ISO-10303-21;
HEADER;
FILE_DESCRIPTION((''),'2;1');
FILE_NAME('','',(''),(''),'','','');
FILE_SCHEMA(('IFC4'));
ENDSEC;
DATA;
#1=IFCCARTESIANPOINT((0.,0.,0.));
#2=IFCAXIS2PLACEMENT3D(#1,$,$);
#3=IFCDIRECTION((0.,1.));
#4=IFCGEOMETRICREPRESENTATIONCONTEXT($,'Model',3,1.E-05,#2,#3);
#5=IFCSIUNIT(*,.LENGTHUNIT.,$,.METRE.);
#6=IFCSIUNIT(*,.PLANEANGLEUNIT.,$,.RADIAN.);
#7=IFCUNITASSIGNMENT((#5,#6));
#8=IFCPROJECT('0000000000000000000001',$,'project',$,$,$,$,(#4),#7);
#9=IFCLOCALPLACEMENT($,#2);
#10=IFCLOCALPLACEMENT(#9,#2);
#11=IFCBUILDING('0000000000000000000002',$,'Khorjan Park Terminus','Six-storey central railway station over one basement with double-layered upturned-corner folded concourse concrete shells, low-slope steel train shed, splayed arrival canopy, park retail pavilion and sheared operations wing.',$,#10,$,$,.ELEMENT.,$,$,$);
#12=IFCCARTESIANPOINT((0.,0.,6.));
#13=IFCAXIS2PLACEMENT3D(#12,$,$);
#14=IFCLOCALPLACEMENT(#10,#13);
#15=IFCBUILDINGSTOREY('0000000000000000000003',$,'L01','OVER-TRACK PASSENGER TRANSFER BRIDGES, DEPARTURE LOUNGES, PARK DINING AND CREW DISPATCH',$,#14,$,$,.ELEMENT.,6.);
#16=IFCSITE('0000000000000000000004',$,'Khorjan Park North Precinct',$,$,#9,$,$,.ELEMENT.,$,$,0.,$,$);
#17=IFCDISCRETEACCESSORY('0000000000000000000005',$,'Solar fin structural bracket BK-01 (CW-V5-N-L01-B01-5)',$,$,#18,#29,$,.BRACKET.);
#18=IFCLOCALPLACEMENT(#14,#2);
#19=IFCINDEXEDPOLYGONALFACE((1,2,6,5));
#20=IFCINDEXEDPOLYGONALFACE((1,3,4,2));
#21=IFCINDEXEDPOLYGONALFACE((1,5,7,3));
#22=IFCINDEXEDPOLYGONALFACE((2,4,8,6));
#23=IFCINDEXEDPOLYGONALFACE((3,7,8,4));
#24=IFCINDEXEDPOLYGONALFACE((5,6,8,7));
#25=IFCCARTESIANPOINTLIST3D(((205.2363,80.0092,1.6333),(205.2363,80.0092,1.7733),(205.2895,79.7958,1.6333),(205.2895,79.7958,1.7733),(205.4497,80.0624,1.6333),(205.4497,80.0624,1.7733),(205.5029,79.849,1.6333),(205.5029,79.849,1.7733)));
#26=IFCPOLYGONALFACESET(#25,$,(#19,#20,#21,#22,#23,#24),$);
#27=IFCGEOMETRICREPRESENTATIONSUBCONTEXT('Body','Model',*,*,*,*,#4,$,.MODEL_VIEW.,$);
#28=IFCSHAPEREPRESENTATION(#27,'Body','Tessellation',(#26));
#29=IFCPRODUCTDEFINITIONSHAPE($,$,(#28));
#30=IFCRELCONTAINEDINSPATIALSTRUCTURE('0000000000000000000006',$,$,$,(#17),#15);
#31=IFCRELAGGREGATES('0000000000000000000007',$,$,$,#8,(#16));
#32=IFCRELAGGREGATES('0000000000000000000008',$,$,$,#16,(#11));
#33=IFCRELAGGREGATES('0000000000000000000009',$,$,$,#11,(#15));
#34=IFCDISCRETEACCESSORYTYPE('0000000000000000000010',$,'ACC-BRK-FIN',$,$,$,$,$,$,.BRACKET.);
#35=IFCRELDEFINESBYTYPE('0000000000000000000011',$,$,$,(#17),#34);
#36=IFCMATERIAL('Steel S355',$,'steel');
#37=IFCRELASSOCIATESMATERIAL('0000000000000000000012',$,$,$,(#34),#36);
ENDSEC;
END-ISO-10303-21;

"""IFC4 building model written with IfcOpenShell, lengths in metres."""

from ifc_helpers import new_model, si_unit, direction, frame, origin, origin_2d, place, context, subcontext, project, spatial, rectangle, extrude, material, type_object, element, save


model = new_model("IFC4")

# Units and contexts
model_context = context("Model", 3, precision=1e-05, world=origin(), true_north=direction((0.0, 1.0)))
body_context = subcontext(model_context, "Body", "Model", "MODEL_VIEW")
ifc_project = project(units=[si_unit("LENGTHUNIT", "METRE"), si_unit("PLANEANGLEUNIT", "RADIAN")], contexts=[model_context])

# Site, building, storey
site_placement = place(None, origin())
site = spatial("IfcSite", under=ifc_project, at=site_placement, Name="Khorjan Park North Precinct", CompositionType="ELEMENT", RefElevation=0.0)
building_placement = place(site_placement, origin())
building = spatial("IfcBuilding", under=site, at=building_placement, Name="Khorjan Park Terminus", Description="Six-storey central railway station over one basement with double-layered upturned-corner folded concourse concrete shells, low-slope steel train shed, splayed arrival canopy, park retail pavilion and sheared operations wing.", CompositionType="ELEMENT")
storey_placement = place(building_placement, frame((0.0, 0.0, 6.0)))
storey = spatial("IfcBuildingStorey", under=building, at=storey_placement, Name="L01", Description="OVER-TRACK PASSENGER TRANSFER BRIDGES, DEPARTURE LOUNGES, PARK DINING AND CREW DISPATCH", CompositionType="ELEMENT", Elevation=6.0)

# Shared definitions
ifc_material_1 = material(Name="Steel S355", Category="steel")

# Discrete accessory
discrete_accessory_type = type_object("IfcDiscreteAccessoryType", Name="ACC-BRK-FIN", PredefinedType="BRACKET", material=ifc_material_1)
discrete_accessory_placement = place(storey_placement, frame((205.3696, 79.9291, 1.6333), z_axis=(0.0, 0.0, 1.0), x_axis=(-0.970294, -0.241928, 0.0)))
element("IfcDiscreteAccessory", 1, at=discrete_accessory_placement, inside=storey, type_object=discrete_accessory_type, Name="Solar fin structural bracket BK-01 (CW-V5-N-L01-B01-5)", PredefinedType="BRACKET", context=body_context, shape_type="SweptSolid", body=[
    extrude(rectangle(XDim=0.22, YDim=0.22, at=origin_2d()), origin(), (0.0, 0.0, 1.0), 0.14),
])

save(model, "model.ifc")
